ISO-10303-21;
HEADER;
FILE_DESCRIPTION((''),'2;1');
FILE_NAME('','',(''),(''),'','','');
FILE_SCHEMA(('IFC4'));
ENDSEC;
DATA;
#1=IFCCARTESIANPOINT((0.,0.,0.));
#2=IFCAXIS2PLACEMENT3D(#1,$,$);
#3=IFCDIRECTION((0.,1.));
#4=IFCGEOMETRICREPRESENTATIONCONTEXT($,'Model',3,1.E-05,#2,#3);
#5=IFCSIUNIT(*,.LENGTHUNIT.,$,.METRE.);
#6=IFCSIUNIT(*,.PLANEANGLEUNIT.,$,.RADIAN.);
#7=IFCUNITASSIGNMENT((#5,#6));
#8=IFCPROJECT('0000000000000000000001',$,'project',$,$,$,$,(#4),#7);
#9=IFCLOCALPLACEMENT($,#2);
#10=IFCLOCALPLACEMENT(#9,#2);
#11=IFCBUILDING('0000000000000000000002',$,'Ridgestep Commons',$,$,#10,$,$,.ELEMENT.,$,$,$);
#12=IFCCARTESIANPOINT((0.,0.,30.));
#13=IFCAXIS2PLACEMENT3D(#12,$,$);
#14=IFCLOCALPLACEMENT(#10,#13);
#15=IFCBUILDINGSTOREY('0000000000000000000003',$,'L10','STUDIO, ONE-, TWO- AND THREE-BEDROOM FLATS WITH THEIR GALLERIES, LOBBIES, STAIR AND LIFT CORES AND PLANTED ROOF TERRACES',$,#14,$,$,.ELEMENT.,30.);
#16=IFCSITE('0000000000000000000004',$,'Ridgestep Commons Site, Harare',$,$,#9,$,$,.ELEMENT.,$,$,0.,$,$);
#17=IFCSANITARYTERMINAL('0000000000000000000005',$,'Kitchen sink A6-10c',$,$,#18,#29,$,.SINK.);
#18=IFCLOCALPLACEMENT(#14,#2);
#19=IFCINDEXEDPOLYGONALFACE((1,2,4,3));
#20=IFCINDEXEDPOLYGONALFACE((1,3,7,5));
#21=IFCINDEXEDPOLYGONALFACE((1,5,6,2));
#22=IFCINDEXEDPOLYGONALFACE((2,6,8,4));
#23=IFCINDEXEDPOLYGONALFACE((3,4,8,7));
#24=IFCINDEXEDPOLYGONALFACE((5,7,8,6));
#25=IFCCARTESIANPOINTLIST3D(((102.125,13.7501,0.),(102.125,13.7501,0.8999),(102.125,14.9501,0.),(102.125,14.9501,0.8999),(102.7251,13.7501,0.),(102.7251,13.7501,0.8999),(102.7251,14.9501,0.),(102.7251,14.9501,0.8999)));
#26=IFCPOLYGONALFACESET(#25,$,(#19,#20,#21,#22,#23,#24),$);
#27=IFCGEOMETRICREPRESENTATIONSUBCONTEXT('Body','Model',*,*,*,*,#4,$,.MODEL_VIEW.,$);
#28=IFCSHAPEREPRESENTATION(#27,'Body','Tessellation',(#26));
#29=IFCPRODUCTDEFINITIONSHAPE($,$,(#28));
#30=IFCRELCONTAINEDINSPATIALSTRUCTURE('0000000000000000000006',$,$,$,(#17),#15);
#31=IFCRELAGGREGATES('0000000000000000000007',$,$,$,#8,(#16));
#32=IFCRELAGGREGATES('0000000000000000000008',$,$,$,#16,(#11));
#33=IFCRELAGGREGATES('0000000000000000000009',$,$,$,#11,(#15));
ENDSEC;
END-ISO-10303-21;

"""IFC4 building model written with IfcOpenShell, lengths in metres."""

from ifc_helpers import new_model, si_unit, direction, frame, origin, origin_2d, place, context, subcontext, project, spatial, rectangle, extrude, element, save


model = new_model("IFC4")

# Units and contexts
model_context = context("Model", 3, precision=1e-05, world=origin(), true_north=direction((0.0, 1.0)))
body_context = subcontext(model_context, "Body", "Model", "MODEL_VIEW")
ifc_project = project(units=[si_unit("LENGTHUNIT", "METRE"), si_unit("PLANEANGLEUNIT", "RADIAN")], contexts=[model_context])

# Site, building, storey
site_placement = place(None, origin())
site = spatial("IfcSite", under=ifc_project, at=site_placement, Name="Ridgestep Commons Site, Harare", CompositionType="ELEMENT", RefElevation=0.0)
building_placement = place(site_placement, origin())
building = spatial("IfcBuilding", under=site, at=building_placement, Name="Ridgestep Commons", CompositionType="ELEMENT")
storey_placement = place(building_placement, frame((0.0, 0.0, 30.0)))
storey = spatial("IfcBuildingStorey", under=building, at=storey_placement, Name="L10", Description="STUDIO, ONE-, TWO- AND THREE-BEDROOM FLATS WITH THEIR GALLERIES, LOBBIES, STAIR AND LIFT CORES AND PLANTED ROOF TERRACES", CompositionType="ELEMENT", Elevation=30.0)

# Sanitary terminal
sanitary_terminal_placement = place(storey_placement, frame((102.425, 14.3501, 0.0), z_axis=(0.0, 0.0, 1.0), x_axis=(1.0, 0.0, 0.0)))
element("IfcSanitaryTerminal", 1, at=sanitary_terminal_placement, inside=storey, Name="Kitchen sink A6-10c", PredefinedType="SINK", context=body_context, shape_type="SweptSolid", body=[
    extrude(rectangle(XDim=0.6001, YDim=1.2, at=origin_2d()), origin(), (0.0, 0.0, 1.0), 0.8999),
])

save(model, "model.ifc")
